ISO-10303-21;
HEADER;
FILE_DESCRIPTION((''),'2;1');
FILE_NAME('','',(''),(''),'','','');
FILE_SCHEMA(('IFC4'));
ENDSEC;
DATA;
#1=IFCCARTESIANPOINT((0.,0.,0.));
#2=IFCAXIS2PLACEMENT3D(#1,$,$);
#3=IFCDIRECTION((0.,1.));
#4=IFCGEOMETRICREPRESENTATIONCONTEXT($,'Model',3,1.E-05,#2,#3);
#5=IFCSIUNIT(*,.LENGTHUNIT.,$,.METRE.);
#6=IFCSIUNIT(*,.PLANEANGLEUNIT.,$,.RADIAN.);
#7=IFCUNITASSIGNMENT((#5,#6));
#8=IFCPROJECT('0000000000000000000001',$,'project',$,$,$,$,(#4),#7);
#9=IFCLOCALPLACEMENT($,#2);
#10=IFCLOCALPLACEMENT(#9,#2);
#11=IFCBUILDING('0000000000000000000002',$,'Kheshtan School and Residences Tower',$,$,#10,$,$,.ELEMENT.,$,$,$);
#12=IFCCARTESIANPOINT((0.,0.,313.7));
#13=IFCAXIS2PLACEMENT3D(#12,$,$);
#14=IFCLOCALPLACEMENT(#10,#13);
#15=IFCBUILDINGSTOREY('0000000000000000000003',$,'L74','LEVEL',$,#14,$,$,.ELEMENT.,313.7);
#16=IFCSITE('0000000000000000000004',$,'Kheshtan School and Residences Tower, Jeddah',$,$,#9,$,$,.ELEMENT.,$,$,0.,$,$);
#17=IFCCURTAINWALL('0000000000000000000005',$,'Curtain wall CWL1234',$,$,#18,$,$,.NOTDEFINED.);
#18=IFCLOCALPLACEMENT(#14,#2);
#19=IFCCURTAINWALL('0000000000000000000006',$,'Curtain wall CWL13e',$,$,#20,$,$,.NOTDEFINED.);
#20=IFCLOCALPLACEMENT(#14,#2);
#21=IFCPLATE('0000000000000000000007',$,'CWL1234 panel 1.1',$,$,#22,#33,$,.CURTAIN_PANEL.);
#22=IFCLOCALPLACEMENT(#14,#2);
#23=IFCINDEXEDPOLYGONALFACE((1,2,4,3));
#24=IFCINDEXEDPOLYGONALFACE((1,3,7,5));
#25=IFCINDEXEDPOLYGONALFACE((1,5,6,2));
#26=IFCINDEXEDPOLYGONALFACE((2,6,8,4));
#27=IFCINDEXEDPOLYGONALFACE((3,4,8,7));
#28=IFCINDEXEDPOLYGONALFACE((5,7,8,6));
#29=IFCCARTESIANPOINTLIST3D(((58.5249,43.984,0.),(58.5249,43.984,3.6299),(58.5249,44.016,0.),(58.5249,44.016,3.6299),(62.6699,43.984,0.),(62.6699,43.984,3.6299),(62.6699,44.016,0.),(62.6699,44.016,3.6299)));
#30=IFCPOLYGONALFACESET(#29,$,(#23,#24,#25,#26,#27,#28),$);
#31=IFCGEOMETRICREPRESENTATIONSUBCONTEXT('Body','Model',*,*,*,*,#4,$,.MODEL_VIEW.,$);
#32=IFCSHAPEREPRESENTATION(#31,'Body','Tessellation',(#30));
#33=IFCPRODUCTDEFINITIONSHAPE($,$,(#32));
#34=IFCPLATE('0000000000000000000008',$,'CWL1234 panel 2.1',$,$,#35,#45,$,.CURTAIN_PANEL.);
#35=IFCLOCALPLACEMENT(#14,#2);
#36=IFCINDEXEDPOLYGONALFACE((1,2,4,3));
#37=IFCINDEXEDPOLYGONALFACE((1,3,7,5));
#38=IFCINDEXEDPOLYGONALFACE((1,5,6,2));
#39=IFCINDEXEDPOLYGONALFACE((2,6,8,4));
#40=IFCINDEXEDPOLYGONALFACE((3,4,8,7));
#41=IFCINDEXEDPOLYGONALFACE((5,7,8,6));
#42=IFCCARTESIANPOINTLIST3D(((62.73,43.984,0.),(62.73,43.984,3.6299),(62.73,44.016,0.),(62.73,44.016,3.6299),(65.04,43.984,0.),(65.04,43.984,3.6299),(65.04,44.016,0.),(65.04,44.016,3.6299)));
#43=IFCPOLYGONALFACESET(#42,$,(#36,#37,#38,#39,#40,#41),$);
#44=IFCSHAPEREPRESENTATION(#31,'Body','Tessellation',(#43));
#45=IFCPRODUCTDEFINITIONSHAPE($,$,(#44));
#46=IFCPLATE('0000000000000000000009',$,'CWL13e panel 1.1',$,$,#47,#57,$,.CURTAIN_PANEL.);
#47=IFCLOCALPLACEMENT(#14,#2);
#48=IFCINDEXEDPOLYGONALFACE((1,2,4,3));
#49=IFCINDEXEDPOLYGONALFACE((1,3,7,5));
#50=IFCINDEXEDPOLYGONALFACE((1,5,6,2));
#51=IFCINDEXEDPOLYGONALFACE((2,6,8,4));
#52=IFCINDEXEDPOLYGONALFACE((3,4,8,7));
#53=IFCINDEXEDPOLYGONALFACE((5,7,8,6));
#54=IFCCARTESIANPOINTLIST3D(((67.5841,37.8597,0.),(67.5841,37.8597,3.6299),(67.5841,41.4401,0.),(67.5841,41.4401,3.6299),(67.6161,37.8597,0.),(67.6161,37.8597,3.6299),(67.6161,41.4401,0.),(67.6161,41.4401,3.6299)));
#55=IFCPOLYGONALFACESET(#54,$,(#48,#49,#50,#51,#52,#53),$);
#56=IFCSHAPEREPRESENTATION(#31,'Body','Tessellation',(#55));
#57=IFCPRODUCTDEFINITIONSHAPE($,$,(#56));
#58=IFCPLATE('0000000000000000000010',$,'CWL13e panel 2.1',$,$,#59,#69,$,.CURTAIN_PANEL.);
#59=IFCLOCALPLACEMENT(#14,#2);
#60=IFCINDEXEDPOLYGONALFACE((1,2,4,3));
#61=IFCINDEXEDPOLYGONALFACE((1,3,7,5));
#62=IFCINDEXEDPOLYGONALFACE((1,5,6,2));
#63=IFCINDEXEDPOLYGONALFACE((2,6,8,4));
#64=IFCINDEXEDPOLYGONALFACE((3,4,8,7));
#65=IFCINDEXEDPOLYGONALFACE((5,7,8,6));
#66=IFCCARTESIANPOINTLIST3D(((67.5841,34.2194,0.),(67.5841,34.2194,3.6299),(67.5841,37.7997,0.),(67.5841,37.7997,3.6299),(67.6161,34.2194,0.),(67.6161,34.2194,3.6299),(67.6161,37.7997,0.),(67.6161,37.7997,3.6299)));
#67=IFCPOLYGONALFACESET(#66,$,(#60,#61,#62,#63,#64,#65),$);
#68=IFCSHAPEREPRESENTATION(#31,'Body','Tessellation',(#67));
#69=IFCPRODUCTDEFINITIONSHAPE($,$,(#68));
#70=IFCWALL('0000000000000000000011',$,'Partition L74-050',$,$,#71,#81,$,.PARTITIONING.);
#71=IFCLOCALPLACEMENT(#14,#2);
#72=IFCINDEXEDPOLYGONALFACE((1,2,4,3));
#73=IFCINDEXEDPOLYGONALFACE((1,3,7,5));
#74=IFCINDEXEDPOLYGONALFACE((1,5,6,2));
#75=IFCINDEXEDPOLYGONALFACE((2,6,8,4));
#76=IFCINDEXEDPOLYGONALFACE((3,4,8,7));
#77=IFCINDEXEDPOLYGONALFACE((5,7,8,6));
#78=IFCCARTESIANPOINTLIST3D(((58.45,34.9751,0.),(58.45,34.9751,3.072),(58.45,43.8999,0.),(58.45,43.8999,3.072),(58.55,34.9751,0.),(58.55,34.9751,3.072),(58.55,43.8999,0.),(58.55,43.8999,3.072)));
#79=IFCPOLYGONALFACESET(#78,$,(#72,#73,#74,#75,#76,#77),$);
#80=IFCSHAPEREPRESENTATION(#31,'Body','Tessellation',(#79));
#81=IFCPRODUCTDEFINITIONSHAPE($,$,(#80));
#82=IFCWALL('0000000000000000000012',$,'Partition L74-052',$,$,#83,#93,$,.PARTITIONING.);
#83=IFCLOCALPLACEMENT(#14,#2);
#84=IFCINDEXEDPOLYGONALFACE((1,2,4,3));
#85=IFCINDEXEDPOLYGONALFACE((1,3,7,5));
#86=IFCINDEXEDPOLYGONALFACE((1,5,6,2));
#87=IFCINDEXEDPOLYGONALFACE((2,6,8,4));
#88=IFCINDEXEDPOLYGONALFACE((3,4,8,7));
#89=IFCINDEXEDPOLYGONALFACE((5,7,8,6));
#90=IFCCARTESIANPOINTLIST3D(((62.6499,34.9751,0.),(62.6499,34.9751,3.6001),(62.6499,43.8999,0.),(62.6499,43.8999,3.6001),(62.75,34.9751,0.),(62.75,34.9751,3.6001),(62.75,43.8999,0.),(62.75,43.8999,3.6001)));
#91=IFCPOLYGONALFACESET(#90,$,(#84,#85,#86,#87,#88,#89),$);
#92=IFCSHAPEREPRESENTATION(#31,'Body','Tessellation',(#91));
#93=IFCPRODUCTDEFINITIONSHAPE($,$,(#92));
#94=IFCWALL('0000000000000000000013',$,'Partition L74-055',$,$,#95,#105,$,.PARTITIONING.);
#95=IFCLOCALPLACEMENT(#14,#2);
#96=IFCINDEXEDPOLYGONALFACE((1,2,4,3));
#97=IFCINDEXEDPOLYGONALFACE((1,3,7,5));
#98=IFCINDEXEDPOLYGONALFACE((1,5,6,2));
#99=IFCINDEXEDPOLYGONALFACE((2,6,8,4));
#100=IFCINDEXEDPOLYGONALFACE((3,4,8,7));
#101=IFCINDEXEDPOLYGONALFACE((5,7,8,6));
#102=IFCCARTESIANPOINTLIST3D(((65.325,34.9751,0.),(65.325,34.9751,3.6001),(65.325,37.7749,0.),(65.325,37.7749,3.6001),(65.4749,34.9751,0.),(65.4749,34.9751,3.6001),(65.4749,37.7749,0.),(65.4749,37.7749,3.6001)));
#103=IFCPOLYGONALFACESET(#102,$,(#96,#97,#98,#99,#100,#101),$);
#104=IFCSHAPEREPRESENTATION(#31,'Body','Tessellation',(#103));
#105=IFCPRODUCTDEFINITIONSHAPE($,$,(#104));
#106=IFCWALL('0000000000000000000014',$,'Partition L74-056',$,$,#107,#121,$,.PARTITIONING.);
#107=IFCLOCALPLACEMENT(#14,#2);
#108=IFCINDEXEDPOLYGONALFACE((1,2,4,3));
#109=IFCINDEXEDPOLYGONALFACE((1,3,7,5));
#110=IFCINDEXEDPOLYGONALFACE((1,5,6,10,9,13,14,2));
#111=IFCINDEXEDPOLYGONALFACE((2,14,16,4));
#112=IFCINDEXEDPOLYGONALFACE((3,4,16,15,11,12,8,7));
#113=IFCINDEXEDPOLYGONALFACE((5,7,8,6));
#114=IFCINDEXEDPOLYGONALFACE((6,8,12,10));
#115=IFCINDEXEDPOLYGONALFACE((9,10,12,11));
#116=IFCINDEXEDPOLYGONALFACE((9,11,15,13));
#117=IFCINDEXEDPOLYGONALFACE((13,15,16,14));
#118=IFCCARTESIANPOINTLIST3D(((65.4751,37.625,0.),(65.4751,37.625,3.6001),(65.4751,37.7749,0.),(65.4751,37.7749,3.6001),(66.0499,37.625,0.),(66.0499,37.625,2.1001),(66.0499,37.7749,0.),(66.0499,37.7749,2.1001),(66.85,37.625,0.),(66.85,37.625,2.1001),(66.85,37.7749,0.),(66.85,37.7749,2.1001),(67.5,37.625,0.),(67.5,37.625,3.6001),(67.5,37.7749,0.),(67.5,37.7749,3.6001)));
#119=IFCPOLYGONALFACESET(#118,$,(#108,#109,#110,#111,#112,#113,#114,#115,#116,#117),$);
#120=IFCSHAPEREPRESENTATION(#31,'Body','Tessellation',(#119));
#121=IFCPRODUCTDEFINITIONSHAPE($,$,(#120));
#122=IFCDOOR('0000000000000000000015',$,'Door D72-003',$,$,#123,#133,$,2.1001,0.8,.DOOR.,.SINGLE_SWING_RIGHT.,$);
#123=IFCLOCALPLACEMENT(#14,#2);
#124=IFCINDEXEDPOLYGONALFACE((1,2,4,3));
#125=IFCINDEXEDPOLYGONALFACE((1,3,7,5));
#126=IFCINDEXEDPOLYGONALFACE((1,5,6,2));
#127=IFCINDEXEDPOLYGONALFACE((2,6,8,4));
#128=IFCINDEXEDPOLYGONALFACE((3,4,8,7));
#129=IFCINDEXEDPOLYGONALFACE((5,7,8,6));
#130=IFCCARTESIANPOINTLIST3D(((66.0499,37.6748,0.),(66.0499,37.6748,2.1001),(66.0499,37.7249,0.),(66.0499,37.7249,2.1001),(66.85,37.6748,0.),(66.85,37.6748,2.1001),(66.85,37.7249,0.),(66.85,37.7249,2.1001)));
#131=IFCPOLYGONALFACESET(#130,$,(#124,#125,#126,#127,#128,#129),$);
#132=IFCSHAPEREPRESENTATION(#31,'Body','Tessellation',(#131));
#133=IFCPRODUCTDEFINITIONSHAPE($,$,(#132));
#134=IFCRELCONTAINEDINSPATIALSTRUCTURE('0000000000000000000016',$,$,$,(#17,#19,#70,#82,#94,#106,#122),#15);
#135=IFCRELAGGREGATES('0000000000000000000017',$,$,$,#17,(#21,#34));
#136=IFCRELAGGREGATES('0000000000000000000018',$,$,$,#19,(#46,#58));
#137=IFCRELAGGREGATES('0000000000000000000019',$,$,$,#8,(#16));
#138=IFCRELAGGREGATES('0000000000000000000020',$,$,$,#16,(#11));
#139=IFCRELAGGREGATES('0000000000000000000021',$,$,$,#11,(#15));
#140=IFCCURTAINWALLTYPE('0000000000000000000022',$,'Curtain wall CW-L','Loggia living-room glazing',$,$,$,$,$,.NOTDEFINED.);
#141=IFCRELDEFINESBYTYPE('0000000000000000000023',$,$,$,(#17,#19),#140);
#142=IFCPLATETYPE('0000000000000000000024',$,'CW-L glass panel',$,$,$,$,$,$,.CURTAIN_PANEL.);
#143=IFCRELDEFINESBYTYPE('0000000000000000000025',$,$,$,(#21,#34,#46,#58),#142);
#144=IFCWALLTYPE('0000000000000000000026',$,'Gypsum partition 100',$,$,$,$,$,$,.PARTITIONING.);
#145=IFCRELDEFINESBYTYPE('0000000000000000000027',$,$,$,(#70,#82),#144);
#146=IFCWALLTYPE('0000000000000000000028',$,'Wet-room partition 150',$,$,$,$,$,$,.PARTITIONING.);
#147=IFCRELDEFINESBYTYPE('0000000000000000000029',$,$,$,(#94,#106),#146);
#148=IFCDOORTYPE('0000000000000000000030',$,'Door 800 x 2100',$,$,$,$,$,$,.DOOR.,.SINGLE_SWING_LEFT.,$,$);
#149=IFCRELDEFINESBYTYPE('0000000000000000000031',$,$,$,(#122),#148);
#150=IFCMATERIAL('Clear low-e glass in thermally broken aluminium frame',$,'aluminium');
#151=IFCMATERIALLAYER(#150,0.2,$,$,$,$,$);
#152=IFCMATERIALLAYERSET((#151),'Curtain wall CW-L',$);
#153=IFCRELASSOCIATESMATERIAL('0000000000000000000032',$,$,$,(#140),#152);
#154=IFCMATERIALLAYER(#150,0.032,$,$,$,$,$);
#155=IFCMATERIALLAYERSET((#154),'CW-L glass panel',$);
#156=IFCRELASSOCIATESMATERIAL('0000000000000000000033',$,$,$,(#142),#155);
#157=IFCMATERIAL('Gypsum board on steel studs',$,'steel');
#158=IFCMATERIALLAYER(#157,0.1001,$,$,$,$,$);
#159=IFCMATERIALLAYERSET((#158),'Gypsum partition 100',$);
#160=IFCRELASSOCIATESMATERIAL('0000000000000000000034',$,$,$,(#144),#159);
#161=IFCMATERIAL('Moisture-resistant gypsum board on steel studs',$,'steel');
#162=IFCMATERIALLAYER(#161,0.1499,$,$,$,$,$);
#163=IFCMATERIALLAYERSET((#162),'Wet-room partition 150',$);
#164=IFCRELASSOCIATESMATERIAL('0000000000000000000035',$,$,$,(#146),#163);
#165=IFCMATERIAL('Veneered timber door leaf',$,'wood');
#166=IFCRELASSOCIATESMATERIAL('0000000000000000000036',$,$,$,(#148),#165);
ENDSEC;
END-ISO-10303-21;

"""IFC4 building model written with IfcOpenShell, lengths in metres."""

from ifc_helpers import new_model, si_unit, direction, frame, frame_2d, origin, origin_2d, place, context, subcontext, project, spatial, rectangle, extrude, source, transform, mapped, material, layer, layer_set, type_object, element, fill, aggregate, save


model = new_model("IFC4")

# Units and contexts
model_context = context("Model", 3, precision=1e-05, world=origin(), true_north=direction((0.0, 1.0)))
body_context = subcontext(model_context, "Body", "Model", "MODEL_VIEW")
ifc_project = project(units=[si_unit("LENGTHUNIT", "METRE"), si_unit("PLANEANGLEUNIT", "RADIAN")], contexts=[model_context])

# Site, building, storey
site_placement = place(None, origin())
site = spatial("IfcSite", under=ifc_project, at=site_placement, Name="Kheshtan School and Residences Tower, Jeddah", CompositionType="ELEMENT", RefElevation=0.0)
building_placement = place(site_placement, origin())
building = spatial("IfcBuilding", under=site, at=building_placement, Name="Kheshtan School and Residences Tower", CompositionType="ELEMENT")
storey_placement = place(building_placement, frame((0.0, 0.0, 313.7)))
storey = spatial("IfcBuildingStorey", under=building, at=storey_placement, Name="L74", Description="LEVEL", CompositionType="ELEMENT", Elevation=313.7)

# Curtain walls
ifc_material_1 = material(Name="Clear low-e glass in thermally broken aluminium frame", Category="aluminium")
ifc_layer_1 = layer(ifc_material_1, 0.2)
ifc_layer_set_1 = layer_set([ifc_layer_1], Name="Curtain wall CW-L")
curtain_wall_type = type_object("IfcCurtainWallType", Name="Curtain wall CW-L", Description="Loggia living-room glazing", PredefinedType="NOTDEFINED", material=ifc_layer_set_1)
curtain_wall_1_placement = place(storey_placement, origin())
curtain_wall_1 = element("IfcCurtainWall", 1, at=curtain_wall_1_placement, inside=storey, type_object=curtain_wall_type, Name="Curtain wall CWL1234", PredefinedType="NOTDEFINED")
curtain_wall_2_placement = place(storey_placement, origin())
curtain_wall_2 = element("IfcCurtainWall", 2, at=curtain_wall_2_placement, inside=storey, type_object=curtain_wall_type, Name="Curtain wall CWL13e", PredefinedType="NOTDEFINED")

# Plates
ifc_layer_2 = layer(ifc_material_1, 0.032)
ifc_layer_set_2 = layer_set([ifc_layer_2], Name="CW-L glass panel")
plate_type = type_object("IfcPlateType", Name="CW-L glass panel", PredefinedType="CURTAIN_PANEL", material=ifc_layer_set_2)
plate_1_placement = place(storey_placement, frame((60.5974, 44.0, 0.0), z_axis=(0.0, 0.0, 1.0), x_axis=(1.0, 0.0, 0.0)))
plate_1 = element("IfcPlate", 3, at=plate_1_placement, type_object=plate_type, Name="CWL1234 panel 1.1", PredefinedType="CURTAIN_PANEL", context=body_context, shape_type="SweptSolid", body=[
    extrude(rectangle(XDim=4.145, YDim=0.032, at=origin_2d()), origin(), (0.0, 0.0, 1.0), 3.6299),
])
plate_2_placement = place(storey_placement, frame((63.885, 44.0, 0.0), z_axis=(0.0, 0.0, 1.0), x_axis=(1.0, 0.0, 0.0)))
plate_2 = element("IfcPlate", 4, at=plate_2_placement, type_object=plate_type, Name="CWL1234 panel 2.1", PredefinedType="CURTAIN_PANEL", context=body_context, shape_type="SweptSolid", body=[
    extrude(rectangle(XDim=2.3101, YDim=0.032, at=origin_2d()), origin(), (0.0, 0.0, 1.0), 3.6299),
])
aggregate(curtain_wall_1, [plate_1, plate_2])
plate_3_placement = place(storey_placement, frame((67.6001, 39.6499, 0.0), z_axis=(0.0, 0.0, 1.0), x_axis=(0.0, -1.0, 0.0)))
plate_3 = element("IfcPlate", 5, at=plate_3_placement, type_object=plate_type, Name="CWL13e panel 1.1", PredefinedType="CURTAIN_PANEL", context=body_context, shape_type="SweptSolid", body=[
    extrude(rectangle(XDim=3.5803, YDim=0.032, at=origin_2d()), origin(), (0.0, 0.0, 1.0), 3.6299),
])
plate_4_placement = place(storey_placement, frame((67.6001, 36.0095, 0.0), z_axis=(0.0, 0.0, 1.0), x_axis=(0.0, -1.0, 0.0)))
plate_4 = element("IfcPlate", 6, at=plate_4_placement, type_object=plate_type, Name="CWL13e panel 2.1", PredefinedType="CURTAIN_PANEL", context=body_context, shape_type="SweptSolid", body=[
    extrude(rectangle(XDim=3.5803, YDim=0.032, at=origin_2d()), origin(), (0.0, 0.0, 1.0), 3.6299),
])
aggregate(curtain_wall_2, [plate_3, plate_4])

# Walls
ifc_material_2 = material(Name="Gypsum board on steel studs", Category="steel")
ifc_layer_3 = layer(ifc_material_2, 0.1001)
ifc_layer_set_3 = layer_set([ifc_layer_3], Name="Gypsum partition 100")
wall_type_1 = type_object("IfcWallType", Name="Gypsum partition 100", PredefinedType="PARTITIONING", material=ifc_layer_set_3)
wall_1_placement = place(storey_placement, frame((58.5, 34.9751, 0.0), z_axis=(0.0, 0.0, 1.0), x_axis=(0.0, 1.0, 0.0)))
element("IfcWall", 7, at=wall_1_placement, inside=storey, type_object=wall_type_1, Name="Partition L74-050", PredefinedType="PARTITIONING", context=body_context, shape_type="SweptSolid", body=[
    extrude(rectangle(XDim=8.9248, YDim=0.1001, at=frame_2d((4.4624, 0.0))), origin(), (0.0, 0.0, 1.0), 3.072),
])
wall_2_placement = place(storey_placement, frame((62.7, 34.9751, 0.0), z_axis=(0.0, 0.0, 1.0), x_axis=(0.0, 1.0, 0.0)))
element("IfcWall", 8, at=wall_2_placement, inside=storey, type_object=wall_type_1, Name="Partition L74-052", PredefinedType="PARTITIONING", context=body_context, shape_type="SweptSolid", body=[
    extrude(rectangle(XDim=8.9248, YDim=0.1001, at=frame_2d((4.4624, 0.0))), origin(), (0.0, 0.0, 1.0), 3.6001),
])
ifc_material_3 = material(Name="Moisture-resistant gypsum board on steel studs", Category="steel")
ifc_layer_4 = layer(ifc_material_3, 0.1499)
ifc_layer_set_4 = layer_set([ifc_layer_4], Name="Wet-room partition 150")
wall_type_2 = type_object("IfcWallType", Name="Wet-room partition 150", PredefinedType="PARTITIONING", material=ifc_layer_set_4)
wall_3_placement = place(storey_placement, frame((65.3999, 34.9751, 0.0), z_axis=(0.0, 0.0, 1.0), x_axis=(0.0, 1.0, 0.0)))
element("IfcWall", 9, at=wall_3_placement, inside=storey, type_object=wall_type_2, Name="Partition L74-055", PredefinedType="PARTITIONING", context=body_context, shape_type="SweptSolid", body=[
    extrude(rectangle(XDim=2.7998, YDim=0.1499, at=frame_2d((1.3999, 0.0))), origin(), (0.0, 0.0, 1.0), 3.6001),
])

# Wall, opening, door
wall_4_placement = place(storey_placement, frame((65.4751, 37.7, 0.0), z_axis=(0.0, 0.0, 1.0), x_axis=(1.0, 0.0, 0.0)))
wall_4 = element("IfcWall", 10, at=wall_4_placement, inside=storey, type_object=wall_type_2, Name="Partition L74-056", PredefinedType="PARTITIONING", context=body_context, shape_type="SweptSolid", body=[
    extrude(rectangle(XDim=2.0249, YDim=0.1499, at=frame_2d((1.0125, 0.0))), origin(), (0.0, 0.0, 1.0), 3.6001),
])
opening_1_placement = place(wall_4_placement, frame((0.575, 0.0, 0.0)))
opening_1 = element("IfcOpeningElement", 11, at=opening_1_placement, cuts=wall_4, PredefinedType="OPENING", context=body_context, shape_type="SweptSolid", body=[
    extrude(rectangle(XDim=0.8, YDim=2.1001, at=frame_2d((0.3999, 1.05))), frame((0.0, 0.085, 0.0), z_axis=(0.0, -1.0, 0.0), x_axis=(1.0, 0.0, 0.0)), (0.0, 0.0, 1.0), 0.1699),
])
ifc_material_4 = material(Name="Veneered timber door leaf", Category="wood")
door_type_1 = type_object("IfcDoorType", Name="Door 800 x 2100", OperationType="SINGLE_SWING_LEFT", PredefinedType="DOOR", material=ifc_material_4)
shared_shape_1 = source(origin(), body_context, "Body", "SweptSolid", [
    extrude(rectangle(XDim=0.8, YDim=2.1001, at=frame_2d((0.3999, 1.05))), frame((0.0, 0.0249, 0.0), z_axis=(0.0, -1.0, 0.0), x_axis=(1.0, 0.0, 0.0)), (0.0, 0.0, 1.0), 0.05),
])
door_1_placement = place(opening_1_placement, origin())
door_1 = element("IfcDoor", 12, at=door_1_placement, inside=storey, type_object=door_type_1, Name="Door D72-003", OperationType="SINGLE_SWING_RIGHT", OverallHeight=2.1001, OverallWidth=0.8, PredefinedType="DOOR", context=body_context, shape_type="MappedRepresentation", body=[
    mapped(shared_shape_1, transform((0.0, 0.0, 0.0), x_axis=(1.0, 0.0, 0.0), y_axis=(0.0, 1.0, 0.0), z_axis=(0.0, 0.0, 1.0), scale=1.0)),
])
fill(opening_1, door_1)

save(model, "model.ifc")
